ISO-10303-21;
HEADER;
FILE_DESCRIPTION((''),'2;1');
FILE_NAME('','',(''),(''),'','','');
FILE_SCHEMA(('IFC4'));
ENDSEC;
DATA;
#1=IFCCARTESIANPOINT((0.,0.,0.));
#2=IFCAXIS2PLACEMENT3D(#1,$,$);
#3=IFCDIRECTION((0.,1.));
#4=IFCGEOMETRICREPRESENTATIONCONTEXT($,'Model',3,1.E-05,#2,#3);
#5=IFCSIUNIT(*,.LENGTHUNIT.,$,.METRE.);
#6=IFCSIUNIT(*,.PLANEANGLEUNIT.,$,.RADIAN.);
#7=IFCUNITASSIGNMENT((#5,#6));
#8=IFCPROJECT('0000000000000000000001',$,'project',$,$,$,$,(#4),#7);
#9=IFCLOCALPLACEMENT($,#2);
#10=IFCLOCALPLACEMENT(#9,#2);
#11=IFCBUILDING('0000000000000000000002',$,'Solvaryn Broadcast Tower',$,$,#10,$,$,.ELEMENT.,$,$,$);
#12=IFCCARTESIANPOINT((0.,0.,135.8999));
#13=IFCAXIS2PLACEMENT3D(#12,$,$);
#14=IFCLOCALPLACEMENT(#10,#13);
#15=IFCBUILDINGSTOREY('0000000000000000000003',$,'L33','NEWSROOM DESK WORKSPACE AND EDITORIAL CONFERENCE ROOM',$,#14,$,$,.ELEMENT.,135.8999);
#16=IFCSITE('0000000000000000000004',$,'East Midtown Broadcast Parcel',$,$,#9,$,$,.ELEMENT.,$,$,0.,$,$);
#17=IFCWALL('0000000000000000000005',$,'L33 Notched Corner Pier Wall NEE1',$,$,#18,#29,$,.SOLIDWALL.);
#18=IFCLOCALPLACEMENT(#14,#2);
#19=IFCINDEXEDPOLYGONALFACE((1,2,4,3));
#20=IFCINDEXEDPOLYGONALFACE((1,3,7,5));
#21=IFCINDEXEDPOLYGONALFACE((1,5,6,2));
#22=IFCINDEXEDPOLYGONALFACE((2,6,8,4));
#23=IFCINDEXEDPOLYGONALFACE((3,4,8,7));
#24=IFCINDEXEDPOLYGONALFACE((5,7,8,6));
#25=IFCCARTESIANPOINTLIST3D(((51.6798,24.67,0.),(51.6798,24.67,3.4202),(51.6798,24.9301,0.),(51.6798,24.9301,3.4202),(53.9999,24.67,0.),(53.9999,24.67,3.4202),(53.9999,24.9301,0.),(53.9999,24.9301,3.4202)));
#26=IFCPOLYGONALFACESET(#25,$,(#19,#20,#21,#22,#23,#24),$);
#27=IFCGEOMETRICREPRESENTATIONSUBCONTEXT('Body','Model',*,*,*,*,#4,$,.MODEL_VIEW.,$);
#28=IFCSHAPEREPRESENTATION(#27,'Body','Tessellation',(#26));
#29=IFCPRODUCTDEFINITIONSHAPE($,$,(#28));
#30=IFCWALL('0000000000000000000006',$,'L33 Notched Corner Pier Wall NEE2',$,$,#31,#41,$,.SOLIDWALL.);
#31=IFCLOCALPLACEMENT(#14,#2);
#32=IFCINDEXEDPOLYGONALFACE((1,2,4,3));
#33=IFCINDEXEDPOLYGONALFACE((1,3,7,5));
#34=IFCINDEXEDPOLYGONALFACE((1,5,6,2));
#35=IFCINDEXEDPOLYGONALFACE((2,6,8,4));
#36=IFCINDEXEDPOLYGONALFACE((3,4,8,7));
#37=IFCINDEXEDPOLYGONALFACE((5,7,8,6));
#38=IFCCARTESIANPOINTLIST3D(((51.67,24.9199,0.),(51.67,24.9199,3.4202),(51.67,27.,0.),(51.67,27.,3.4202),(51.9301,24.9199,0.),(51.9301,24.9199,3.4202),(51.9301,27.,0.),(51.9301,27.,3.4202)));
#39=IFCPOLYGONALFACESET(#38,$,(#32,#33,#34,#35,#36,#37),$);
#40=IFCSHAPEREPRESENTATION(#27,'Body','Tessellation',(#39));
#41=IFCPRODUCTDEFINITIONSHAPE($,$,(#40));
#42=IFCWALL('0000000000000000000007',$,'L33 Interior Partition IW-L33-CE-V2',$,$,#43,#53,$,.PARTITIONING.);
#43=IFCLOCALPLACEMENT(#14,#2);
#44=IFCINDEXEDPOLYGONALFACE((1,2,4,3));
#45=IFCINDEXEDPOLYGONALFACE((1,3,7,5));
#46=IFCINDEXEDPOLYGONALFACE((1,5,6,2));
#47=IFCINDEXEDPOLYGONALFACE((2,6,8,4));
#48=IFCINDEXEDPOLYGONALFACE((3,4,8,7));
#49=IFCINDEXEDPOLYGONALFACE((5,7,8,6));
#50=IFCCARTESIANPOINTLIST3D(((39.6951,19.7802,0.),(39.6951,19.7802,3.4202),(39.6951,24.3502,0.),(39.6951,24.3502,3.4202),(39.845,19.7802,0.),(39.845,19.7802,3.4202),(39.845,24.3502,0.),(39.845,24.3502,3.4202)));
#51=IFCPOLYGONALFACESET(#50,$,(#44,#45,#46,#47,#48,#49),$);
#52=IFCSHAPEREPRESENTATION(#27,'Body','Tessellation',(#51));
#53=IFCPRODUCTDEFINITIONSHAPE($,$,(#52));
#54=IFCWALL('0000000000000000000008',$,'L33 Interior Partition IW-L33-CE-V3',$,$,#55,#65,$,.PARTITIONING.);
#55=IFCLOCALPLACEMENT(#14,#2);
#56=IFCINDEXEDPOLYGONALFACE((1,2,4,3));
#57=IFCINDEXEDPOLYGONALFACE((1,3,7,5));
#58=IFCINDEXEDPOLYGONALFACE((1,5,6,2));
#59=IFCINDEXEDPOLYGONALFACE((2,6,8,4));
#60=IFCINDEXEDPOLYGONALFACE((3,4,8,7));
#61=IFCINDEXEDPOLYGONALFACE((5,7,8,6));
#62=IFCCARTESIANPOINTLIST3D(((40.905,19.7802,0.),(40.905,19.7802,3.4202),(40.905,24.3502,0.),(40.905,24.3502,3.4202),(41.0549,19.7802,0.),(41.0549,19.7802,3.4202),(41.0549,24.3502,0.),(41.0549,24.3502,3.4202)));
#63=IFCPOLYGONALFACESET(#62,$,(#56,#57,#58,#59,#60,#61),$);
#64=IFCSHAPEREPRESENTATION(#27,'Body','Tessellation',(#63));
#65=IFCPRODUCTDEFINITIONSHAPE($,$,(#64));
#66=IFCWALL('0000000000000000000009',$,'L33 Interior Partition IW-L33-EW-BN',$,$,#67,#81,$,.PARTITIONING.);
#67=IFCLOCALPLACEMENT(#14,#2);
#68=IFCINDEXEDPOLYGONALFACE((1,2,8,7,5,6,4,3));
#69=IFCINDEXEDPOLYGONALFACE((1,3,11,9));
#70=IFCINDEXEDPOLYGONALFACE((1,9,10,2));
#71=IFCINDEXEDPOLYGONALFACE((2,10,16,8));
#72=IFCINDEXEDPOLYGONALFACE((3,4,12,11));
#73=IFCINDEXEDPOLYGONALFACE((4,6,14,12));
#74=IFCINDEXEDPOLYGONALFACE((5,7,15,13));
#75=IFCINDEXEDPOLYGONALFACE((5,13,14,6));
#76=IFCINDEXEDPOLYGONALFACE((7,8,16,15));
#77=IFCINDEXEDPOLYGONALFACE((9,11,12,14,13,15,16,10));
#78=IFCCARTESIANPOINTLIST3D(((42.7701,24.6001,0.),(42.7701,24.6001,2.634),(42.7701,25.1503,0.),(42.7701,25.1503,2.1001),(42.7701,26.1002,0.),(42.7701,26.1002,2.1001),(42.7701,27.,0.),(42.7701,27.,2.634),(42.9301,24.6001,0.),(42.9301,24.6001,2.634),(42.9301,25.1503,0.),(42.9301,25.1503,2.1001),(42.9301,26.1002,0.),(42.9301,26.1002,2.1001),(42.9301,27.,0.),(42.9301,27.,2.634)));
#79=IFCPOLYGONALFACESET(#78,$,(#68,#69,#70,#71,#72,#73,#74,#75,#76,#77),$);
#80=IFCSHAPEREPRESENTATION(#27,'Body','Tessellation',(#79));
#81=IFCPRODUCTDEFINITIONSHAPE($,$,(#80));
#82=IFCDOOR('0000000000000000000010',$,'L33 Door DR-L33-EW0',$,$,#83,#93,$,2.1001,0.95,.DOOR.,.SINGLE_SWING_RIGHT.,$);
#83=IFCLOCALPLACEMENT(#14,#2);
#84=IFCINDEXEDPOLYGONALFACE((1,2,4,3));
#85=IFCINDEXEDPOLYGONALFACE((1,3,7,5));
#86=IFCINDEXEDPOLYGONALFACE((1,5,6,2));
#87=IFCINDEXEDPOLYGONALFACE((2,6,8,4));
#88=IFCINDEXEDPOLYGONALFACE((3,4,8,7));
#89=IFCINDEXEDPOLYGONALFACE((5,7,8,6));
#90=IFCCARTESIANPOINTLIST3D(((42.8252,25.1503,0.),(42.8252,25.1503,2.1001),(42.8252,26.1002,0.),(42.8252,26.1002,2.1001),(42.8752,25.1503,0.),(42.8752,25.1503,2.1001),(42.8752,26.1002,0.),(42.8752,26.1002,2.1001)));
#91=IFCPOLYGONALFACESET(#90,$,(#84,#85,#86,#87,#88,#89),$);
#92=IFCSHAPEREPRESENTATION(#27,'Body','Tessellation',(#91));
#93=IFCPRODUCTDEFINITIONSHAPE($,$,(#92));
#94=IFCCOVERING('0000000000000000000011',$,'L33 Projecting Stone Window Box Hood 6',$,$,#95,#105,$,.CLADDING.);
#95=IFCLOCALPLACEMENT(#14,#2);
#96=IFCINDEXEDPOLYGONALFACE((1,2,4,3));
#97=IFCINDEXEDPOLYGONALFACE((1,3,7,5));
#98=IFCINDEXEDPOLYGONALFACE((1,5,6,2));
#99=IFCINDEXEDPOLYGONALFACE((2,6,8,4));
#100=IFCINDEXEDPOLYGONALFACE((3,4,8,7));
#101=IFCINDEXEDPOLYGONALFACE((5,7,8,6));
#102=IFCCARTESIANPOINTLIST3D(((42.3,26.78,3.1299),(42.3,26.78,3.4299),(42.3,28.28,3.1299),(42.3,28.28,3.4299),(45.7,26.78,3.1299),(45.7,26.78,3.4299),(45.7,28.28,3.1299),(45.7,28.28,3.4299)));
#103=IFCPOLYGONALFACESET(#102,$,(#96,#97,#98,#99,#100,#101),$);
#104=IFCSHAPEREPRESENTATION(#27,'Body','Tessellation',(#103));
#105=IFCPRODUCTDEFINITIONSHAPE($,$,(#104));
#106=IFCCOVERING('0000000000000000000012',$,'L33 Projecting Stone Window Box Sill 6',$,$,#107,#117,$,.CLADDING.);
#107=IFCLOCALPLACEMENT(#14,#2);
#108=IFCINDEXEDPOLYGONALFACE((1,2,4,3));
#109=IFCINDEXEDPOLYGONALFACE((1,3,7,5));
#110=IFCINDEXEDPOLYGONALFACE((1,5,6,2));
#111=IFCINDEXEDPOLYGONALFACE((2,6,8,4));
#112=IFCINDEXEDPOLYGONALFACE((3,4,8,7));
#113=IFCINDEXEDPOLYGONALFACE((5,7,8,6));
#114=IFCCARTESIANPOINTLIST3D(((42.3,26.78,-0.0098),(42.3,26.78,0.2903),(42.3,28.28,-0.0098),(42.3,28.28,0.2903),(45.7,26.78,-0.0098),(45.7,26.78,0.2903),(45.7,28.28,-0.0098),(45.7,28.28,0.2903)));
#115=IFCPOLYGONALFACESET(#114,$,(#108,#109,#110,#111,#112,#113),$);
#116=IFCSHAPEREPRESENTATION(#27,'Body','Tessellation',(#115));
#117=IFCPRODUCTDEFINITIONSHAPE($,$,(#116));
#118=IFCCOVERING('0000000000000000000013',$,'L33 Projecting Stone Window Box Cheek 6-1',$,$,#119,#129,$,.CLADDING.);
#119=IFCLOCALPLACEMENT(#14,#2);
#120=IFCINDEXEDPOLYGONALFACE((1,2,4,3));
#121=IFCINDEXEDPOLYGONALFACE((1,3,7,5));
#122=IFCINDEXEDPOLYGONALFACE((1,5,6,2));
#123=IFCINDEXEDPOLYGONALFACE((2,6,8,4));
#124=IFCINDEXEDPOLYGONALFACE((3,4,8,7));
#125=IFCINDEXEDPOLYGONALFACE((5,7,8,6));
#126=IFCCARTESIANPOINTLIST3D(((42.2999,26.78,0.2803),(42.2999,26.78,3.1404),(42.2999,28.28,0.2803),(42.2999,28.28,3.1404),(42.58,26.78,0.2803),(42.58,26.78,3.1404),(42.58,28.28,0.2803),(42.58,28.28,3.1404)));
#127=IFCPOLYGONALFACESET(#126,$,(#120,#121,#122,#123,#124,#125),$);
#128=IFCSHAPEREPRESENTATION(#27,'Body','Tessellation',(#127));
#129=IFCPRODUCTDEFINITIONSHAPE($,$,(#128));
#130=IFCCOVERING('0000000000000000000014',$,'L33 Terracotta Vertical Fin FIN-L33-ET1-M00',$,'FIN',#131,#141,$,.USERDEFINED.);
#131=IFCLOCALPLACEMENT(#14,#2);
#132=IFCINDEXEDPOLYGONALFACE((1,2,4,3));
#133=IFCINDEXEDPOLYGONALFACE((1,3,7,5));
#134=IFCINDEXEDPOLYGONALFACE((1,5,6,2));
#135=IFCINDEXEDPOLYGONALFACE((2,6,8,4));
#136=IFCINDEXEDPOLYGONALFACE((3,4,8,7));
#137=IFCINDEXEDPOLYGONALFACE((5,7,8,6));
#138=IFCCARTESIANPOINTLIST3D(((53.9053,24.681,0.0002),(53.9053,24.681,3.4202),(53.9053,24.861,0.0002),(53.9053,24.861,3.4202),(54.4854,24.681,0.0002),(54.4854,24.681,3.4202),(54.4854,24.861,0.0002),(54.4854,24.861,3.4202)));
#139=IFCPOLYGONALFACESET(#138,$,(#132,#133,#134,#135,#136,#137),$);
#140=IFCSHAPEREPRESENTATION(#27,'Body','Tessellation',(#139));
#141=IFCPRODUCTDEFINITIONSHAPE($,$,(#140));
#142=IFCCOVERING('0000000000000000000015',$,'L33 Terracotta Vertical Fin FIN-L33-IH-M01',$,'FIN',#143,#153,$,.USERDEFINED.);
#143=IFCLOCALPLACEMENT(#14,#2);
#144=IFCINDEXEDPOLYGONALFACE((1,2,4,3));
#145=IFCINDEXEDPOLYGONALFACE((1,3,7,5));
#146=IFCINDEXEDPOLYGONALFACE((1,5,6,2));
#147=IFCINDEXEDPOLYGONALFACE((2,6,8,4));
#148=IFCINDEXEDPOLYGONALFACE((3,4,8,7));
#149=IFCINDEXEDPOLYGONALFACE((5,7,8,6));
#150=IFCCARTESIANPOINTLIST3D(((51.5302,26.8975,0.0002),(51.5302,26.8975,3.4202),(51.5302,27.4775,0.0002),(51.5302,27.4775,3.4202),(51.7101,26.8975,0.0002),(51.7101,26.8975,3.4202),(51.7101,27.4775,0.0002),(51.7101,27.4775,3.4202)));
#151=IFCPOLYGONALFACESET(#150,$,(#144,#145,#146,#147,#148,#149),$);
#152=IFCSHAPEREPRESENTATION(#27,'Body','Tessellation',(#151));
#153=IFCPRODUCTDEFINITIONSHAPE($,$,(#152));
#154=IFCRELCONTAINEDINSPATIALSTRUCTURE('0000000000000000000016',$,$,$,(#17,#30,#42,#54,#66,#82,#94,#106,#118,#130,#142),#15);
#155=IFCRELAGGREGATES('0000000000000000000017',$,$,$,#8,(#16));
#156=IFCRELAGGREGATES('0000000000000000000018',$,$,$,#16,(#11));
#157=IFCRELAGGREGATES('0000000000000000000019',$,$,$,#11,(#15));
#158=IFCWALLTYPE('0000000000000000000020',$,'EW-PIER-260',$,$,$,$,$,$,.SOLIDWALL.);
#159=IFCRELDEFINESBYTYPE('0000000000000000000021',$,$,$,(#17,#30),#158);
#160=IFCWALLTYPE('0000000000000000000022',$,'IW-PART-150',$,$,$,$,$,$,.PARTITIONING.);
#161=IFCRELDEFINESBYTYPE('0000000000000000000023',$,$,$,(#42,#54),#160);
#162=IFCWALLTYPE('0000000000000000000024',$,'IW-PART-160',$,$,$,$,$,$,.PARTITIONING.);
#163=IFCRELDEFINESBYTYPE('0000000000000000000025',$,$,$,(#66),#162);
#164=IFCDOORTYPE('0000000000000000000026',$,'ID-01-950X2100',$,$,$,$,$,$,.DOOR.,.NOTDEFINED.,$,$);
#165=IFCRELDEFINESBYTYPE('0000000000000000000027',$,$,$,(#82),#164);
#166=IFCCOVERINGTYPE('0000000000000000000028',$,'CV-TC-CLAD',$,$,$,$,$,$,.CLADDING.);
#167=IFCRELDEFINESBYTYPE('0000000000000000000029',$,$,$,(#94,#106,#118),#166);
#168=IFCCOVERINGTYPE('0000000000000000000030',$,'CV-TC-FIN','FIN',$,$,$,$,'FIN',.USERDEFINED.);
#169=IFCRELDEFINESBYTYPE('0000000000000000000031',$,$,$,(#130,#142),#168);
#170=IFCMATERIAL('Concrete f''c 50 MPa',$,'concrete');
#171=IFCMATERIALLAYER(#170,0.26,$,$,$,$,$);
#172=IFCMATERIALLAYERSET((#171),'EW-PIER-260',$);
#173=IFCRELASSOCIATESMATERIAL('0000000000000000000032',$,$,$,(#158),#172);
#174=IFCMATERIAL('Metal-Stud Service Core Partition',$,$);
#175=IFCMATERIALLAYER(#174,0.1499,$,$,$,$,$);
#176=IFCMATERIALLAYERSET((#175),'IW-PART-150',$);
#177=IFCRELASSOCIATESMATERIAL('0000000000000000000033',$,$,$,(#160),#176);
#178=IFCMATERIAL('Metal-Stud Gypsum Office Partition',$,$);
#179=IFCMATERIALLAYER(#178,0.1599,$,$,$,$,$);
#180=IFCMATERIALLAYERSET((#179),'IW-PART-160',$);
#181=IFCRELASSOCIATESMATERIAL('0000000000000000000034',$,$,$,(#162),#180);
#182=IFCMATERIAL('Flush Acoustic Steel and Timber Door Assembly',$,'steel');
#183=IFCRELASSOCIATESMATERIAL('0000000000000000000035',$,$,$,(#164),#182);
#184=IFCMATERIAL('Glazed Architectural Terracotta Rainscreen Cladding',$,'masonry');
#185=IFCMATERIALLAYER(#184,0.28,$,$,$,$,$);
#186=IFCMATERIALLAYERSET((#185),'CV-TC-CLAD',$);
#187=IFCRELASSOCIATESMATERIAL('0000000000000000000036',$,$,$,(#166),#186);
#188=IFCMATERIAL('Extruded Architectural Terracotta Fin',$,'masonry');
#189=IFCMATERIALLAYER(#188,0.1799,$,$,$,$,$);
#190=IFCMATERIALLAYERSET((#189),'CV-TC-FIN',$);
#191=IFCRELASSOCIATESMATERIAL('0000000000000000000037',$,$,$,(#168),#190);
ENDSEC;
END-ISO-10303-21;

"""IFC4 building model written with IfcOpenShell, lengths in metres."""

from ifc_helpers import new_model, si_unit, direction, frame, frame_2d, origin, origin_2d, place, context, subcontext, project, spatial, rectangle, extrude, material, layer, layer_set, type_object, element, fill, save


model = new_model("IFC4")

# Units and contexts
model_context = context("Model", 3, precision=1e-05, world=origin(), true_north=direction((0.0, 1.0)))
body_context = subcontext(model_context, "Body", "Model", "MODEL_VIEW")
ifc_project = project(units=[si_unit("LENGTHUNIT", "METRE"), si_unit("PLANEANGLEUNIT", "RADIAN")], contexts=[model_context])

# Site, building, storey
site_placement = place(None, origin())
site = spatial("IfcSite", under=ifc_project, at=site_placement, Name="East Midtown Broadcast Parcel", CompositionType="ELEMENT", RefElevation=0.0)
building_placement = place(site_placement, origin())
building = spatial("IfcBuilding", under=site, at=building_placement, Name="Solvaryn Broadcast Tower", CompositionType="ELEMENT")
storey_placement = place(building_placement, frame((0.0, 0.0, 135.8999)))
storey = spatial("IfcBuildingStorey", under=building, at=storey_placement, Name="L33", Description="NEWSROOM DESK WORKSPACE AND EDITORIAL CONFERENCE ROOM", CompositionType="ELEMENT", Elevation=135.8999)

# Walls
ifc_material_1 = material(Name="Concrete f'c 50 MPa", Category="concrete")
ifc_layer_1 = layer(ifc_material_1, 0.26)
ifc_layer_set_1 = layer_set([ifc_layer_1], Name="EW-PIER-260")
wall_type_1 = type_object("IfcWallType", Name="EW-PIER-260", PredefinedType="SOLIDWALL", material=ifc_layer_set_1)
wall_1_placement = place(storey_placement, frame((54.0, 24.8, 0.0), z_axis=(0.0, 0.0, 1.0), x_axis=(-1.0, 0.0, 0.0)))
element("IfcWall", 1, at=wall_1_placement, inside=storey, type_object=wall_type_1, Name="L33 Notched Corner Pier Wall NEE1", PredefinedType="SOLIDWALL", context=body_context, shape_type="SweptSolid", body=[
    extrude(rectangle(XDim=2.3201, YDim=0.26, at=frame_2d((1.1602, 0.0))), origin(), (0.0, 0.0, 1.0), 3.4202),
])
wall_2_placement = place(storey_placement, frame((51.8, 24.9199, 0.0), z_axis=(0.0, 0.0, 1.0), x_axis=(0.0, 1.0, 0.0)))
element("IfcWall", 2, at=wall_2_placement, inside=storey, type_object=wall_type_1, Name="L33 Notched Corner Pier Wall NEE2", PredefinedType="SOLIDWALL", context=body_context, shape_type="SweptSolid", body=[
    extrude(rectangle(XDim=2.0801, YDim=0.26, at=frame_2d((1.04, 0.0))), origin(), (0.0, 0.0, 1.0), 3.4202),
])
ifc_material_2 = material(Name="Metal-Stud Service Core Partition")
ifc_layer_2 = layer(ifc_material_2, 0.1499)
ifc_layer_set_2 = layer_set([ifc_layer_2], Name="IW-PART-150")
wall_type_2 = type_object("IfcWallType", Name="IW-PART-150", PredefinedType="PARTITIONING", material=ifc_layer_set_2)
for number, where, z_axis, x_axis, name in (
    (3, (39.77, 19.78, 0.0), (0.0, 0.0, 1.0), (0.0, 1.0, 0.0), "L33 Interior Partition IW-L33-CE-V2"),
    (4, (40.98, 19.78, 0.0), (0.0, 0.0, 1.0), (0.0, 1.0, 0.0), "L33 Interior Partition IW-L33-CE-V3"),
):
    element("IfcWall", number, at=place(storey_placement, frame(where, z_axis=z_axis, x_axis=x_axis)), inside=storey, type_object=wall_type_2, Name=name, PredefinedType="PARTITIONING", context=body_context, shape_type="SweptSolid", body=[
        extrude(rectangle(XDim=4.5701, YDim=0.1499, at=frame_2d((2.2852, 0.0))), origin(), (0.0, 0.0, 1.0), 3.4202),
    ])

# Wall, opening, door
ifc_material_3 = material(Name="Metal-Stud Gypsum Office Partition")
ifc_layer_3 = layer(ifc_material_3, 0.1599)
ifc_layer_set_3 = layer_set([ifc_layer_3], Name="IW-PART-160")
wall_type_3 = type_object("IfcWallType", Name="IW-PART-160", PredefinedType="PARTITIONING", material=ifc_layer_set_3)
wall_3_placement = place(storey_placement, frame((42.8501, 24.6001, 0.0), z_axis=(0.0, 0.0, 1.0), x_axis=(0.0, 1.0, 0.0)))
wall_3 = element("IfcWall", 5, at=wall_3_placement, inside=storey, type_object=wall_type_3, Name="L33 Interior Partition IW-L33-EW-BN", PredefinedType="PARTITIONING", context=body_context, shape_type="SweptSolid", body=[
    extrude(rectangle(XDim=2.3999, YDim=0.1599, at=frame_2d((1.2, 0.0))), origin(), (0.0, 0.0, 1.0), 2.634),
])
opening_1_placement = place(wall_3_placement, frame((0.55, 0.0, 0.0)))
opening_1 = element("IfcOpeningElement", 6, at=opening_1_placement, cuts=wall_3, PredefinedType="OPENING", context=body_context, shape_type="SweptSolid", body=[
    extrude(rectangle(XDim=0.95, YDim=2.1001, at=frame_2d((0.4751, 1.05))), frame((0.0, 0.0901, 0.0), z_axis=(0.0, -1.0, 0.0), x_axis=(1.0, 0.0, 0.0)), (0.0, 0.0, 1.0), 0.1799),
])
ifc_material_4 = material(Name="Flush Acoustic Steel and Timber Door Assembly", Category="steel")
door_type_1 = type_object("IfcDoorType", Name="ID-01-950X2100", OperationType="NOTDEFINED", PredefinedType="DOOR", material=ifc_material_4)
door_1_placement = place(opening_1_placement, origin())
door_1 = element("IfcDoor", 7, at=door_1_placement, inside=storey, type_object=door_type_1, Name="L33 Door DR-L33-EW0", OperationType="SINGLE_SWING_RIGHT", OverallHeight=2.1001, OverallWidth=0.95, PredefinedType="DOOR", context=body_context, shape_type="SweptSolid", body=[
    extrude(rectangle(XDim=0.95, YDim=2.1001, at=frame_2d((0.4751, 1.05))), frame((0.0, 0.0249, 0.0), z_axis=(0.0, -1.0, 0.0), x_axis=(1.0, 0.0, 0.0)), (0.0, 0.0, 1.0), 0.05),
])
fill(opening_1, door_1)

# Coverings
ifc_material_5 = material(Name="Glazed Architectural Terracotta Rainscreen Cladding", Category="masonry")
ifc_layer_4 = layer(ifc_material_5, 0.28)
ifc_layer_set_4 = layer_set([ifc_layer_4], Name="CV-TC-CLAD")
covering_type_1 = type_object("IfcCoveringType", Name="CV-TC-CLAD", PredefinedType="CLADDING", material=ifc_layer_set_4)
for number, where, z_axis, x_axis, name in (
    (8, (44.0, 27.53, 3.1299), (0.0, 0.0, 1.0), (1.0, 0.0, 0.0), "L33 Projecting Stone Window Box Hood 6"),
    (9, (44.0, 27.53, -0.0098), (0.0, 0.0, 1.0), (1.0, 0.0, 0.0), "L33 Projecting Stone Window Box Sill 6"),
):
    element("IfcCovering", number, at=place(storey_placement, frame(where, z_axis=z_axis, x_axis=x_axis)), inside=storey, type_object=covering_type_1, Name=name, PredefinedType="CLADDING", context=body_context, shape_type="SweptSolid", body=[
        extrude(rectangle(XDim=3.3999, YDim=1.5, at=origin_2d()), origin(), (0.0, 0.0, 1.0), 0.3),
    ])
covering_1_placement = place(storey_placement, frame((42.4399, 27.53, 0.2803), z_axis=(0.0, 0.0, 1.0), x_axis=(1.0, 0.0, 0.0)))
element("IfcCovering", 10, at=covering_1_placement, inside=storey, type_object=covering_type_1, Name="L33 Projecting Stone Window Box Cheek 6-1", PredefinedType="CLADDING", context=body_context, shape_type="SweptSolid", body=[
    extrude(rectangle(XDim=0.28, YDim=1.5, at=origin_2d()), origin(), (0.0, 0.0, 1.0), 2.8601),
])
ifc_material_6 = material(Name="Extruded Architectural Terracotta Fin", Category="masonry")
ifc_layer_5 = layer(ifc_material_6, 0.1799)
ifc_layer_set_5 = layer_set([ifc_layer_5], Name="CV-TC-FIN")
covering_type_2 = type_object("IfcCoveringType", Name="CV-TC-FIN", Description="FIN", ElementType="FIN", PredefinedType="USERDEFINED", material=ifc_layer_set_5)
covering_2_placement = place(storey_placement, frame((54.1953, 24.771, 0.0002), z_axis=(0.0, 0.0, 1.0), x_axis=(1.0, 0.0, 0.0)))
element("IfcCovering", 11, at=covering_2_placement, inside=storey, type_object=covering_type_2, Name="L33 Terracotta Vertical Fin FIN-L33-ET1-M00", ObjectType="FIN", PredefinedType="USERDEFINED", context=body_context, shape_type="SweptSolid", body=[
    extrude(rectangle(XDim=0.5801, YDim=0.1799, at=origin_2d()), origin(), (0.0, 0.0, 1.0), 3.4199),
])
covering_3_placement = place(storey_placement, frame((51.6201, 27.1875, 0.0002), z_axis=(0.0, 0.0, 1.0), x_axis=(1.0, 0.0, 0.0)))
element("IfcCovering", 12, at=covering_3_placement, inside=storey, type_object=covering_type_2, Name="L33 Terracotta Vertical Fin FIN-L33-IH-M01", ObjectType="FIN", PredefinedType="USERDEFINED", context=body_context, shape_type="SweptSolid", body=[
    extrude(rectangle(XDim=0.1799, YDim=0.5801, at=origin_2d()), origin(), (0.0, 0.0, 1.0), 3.4199),
])

save(model, "model.ifc")
